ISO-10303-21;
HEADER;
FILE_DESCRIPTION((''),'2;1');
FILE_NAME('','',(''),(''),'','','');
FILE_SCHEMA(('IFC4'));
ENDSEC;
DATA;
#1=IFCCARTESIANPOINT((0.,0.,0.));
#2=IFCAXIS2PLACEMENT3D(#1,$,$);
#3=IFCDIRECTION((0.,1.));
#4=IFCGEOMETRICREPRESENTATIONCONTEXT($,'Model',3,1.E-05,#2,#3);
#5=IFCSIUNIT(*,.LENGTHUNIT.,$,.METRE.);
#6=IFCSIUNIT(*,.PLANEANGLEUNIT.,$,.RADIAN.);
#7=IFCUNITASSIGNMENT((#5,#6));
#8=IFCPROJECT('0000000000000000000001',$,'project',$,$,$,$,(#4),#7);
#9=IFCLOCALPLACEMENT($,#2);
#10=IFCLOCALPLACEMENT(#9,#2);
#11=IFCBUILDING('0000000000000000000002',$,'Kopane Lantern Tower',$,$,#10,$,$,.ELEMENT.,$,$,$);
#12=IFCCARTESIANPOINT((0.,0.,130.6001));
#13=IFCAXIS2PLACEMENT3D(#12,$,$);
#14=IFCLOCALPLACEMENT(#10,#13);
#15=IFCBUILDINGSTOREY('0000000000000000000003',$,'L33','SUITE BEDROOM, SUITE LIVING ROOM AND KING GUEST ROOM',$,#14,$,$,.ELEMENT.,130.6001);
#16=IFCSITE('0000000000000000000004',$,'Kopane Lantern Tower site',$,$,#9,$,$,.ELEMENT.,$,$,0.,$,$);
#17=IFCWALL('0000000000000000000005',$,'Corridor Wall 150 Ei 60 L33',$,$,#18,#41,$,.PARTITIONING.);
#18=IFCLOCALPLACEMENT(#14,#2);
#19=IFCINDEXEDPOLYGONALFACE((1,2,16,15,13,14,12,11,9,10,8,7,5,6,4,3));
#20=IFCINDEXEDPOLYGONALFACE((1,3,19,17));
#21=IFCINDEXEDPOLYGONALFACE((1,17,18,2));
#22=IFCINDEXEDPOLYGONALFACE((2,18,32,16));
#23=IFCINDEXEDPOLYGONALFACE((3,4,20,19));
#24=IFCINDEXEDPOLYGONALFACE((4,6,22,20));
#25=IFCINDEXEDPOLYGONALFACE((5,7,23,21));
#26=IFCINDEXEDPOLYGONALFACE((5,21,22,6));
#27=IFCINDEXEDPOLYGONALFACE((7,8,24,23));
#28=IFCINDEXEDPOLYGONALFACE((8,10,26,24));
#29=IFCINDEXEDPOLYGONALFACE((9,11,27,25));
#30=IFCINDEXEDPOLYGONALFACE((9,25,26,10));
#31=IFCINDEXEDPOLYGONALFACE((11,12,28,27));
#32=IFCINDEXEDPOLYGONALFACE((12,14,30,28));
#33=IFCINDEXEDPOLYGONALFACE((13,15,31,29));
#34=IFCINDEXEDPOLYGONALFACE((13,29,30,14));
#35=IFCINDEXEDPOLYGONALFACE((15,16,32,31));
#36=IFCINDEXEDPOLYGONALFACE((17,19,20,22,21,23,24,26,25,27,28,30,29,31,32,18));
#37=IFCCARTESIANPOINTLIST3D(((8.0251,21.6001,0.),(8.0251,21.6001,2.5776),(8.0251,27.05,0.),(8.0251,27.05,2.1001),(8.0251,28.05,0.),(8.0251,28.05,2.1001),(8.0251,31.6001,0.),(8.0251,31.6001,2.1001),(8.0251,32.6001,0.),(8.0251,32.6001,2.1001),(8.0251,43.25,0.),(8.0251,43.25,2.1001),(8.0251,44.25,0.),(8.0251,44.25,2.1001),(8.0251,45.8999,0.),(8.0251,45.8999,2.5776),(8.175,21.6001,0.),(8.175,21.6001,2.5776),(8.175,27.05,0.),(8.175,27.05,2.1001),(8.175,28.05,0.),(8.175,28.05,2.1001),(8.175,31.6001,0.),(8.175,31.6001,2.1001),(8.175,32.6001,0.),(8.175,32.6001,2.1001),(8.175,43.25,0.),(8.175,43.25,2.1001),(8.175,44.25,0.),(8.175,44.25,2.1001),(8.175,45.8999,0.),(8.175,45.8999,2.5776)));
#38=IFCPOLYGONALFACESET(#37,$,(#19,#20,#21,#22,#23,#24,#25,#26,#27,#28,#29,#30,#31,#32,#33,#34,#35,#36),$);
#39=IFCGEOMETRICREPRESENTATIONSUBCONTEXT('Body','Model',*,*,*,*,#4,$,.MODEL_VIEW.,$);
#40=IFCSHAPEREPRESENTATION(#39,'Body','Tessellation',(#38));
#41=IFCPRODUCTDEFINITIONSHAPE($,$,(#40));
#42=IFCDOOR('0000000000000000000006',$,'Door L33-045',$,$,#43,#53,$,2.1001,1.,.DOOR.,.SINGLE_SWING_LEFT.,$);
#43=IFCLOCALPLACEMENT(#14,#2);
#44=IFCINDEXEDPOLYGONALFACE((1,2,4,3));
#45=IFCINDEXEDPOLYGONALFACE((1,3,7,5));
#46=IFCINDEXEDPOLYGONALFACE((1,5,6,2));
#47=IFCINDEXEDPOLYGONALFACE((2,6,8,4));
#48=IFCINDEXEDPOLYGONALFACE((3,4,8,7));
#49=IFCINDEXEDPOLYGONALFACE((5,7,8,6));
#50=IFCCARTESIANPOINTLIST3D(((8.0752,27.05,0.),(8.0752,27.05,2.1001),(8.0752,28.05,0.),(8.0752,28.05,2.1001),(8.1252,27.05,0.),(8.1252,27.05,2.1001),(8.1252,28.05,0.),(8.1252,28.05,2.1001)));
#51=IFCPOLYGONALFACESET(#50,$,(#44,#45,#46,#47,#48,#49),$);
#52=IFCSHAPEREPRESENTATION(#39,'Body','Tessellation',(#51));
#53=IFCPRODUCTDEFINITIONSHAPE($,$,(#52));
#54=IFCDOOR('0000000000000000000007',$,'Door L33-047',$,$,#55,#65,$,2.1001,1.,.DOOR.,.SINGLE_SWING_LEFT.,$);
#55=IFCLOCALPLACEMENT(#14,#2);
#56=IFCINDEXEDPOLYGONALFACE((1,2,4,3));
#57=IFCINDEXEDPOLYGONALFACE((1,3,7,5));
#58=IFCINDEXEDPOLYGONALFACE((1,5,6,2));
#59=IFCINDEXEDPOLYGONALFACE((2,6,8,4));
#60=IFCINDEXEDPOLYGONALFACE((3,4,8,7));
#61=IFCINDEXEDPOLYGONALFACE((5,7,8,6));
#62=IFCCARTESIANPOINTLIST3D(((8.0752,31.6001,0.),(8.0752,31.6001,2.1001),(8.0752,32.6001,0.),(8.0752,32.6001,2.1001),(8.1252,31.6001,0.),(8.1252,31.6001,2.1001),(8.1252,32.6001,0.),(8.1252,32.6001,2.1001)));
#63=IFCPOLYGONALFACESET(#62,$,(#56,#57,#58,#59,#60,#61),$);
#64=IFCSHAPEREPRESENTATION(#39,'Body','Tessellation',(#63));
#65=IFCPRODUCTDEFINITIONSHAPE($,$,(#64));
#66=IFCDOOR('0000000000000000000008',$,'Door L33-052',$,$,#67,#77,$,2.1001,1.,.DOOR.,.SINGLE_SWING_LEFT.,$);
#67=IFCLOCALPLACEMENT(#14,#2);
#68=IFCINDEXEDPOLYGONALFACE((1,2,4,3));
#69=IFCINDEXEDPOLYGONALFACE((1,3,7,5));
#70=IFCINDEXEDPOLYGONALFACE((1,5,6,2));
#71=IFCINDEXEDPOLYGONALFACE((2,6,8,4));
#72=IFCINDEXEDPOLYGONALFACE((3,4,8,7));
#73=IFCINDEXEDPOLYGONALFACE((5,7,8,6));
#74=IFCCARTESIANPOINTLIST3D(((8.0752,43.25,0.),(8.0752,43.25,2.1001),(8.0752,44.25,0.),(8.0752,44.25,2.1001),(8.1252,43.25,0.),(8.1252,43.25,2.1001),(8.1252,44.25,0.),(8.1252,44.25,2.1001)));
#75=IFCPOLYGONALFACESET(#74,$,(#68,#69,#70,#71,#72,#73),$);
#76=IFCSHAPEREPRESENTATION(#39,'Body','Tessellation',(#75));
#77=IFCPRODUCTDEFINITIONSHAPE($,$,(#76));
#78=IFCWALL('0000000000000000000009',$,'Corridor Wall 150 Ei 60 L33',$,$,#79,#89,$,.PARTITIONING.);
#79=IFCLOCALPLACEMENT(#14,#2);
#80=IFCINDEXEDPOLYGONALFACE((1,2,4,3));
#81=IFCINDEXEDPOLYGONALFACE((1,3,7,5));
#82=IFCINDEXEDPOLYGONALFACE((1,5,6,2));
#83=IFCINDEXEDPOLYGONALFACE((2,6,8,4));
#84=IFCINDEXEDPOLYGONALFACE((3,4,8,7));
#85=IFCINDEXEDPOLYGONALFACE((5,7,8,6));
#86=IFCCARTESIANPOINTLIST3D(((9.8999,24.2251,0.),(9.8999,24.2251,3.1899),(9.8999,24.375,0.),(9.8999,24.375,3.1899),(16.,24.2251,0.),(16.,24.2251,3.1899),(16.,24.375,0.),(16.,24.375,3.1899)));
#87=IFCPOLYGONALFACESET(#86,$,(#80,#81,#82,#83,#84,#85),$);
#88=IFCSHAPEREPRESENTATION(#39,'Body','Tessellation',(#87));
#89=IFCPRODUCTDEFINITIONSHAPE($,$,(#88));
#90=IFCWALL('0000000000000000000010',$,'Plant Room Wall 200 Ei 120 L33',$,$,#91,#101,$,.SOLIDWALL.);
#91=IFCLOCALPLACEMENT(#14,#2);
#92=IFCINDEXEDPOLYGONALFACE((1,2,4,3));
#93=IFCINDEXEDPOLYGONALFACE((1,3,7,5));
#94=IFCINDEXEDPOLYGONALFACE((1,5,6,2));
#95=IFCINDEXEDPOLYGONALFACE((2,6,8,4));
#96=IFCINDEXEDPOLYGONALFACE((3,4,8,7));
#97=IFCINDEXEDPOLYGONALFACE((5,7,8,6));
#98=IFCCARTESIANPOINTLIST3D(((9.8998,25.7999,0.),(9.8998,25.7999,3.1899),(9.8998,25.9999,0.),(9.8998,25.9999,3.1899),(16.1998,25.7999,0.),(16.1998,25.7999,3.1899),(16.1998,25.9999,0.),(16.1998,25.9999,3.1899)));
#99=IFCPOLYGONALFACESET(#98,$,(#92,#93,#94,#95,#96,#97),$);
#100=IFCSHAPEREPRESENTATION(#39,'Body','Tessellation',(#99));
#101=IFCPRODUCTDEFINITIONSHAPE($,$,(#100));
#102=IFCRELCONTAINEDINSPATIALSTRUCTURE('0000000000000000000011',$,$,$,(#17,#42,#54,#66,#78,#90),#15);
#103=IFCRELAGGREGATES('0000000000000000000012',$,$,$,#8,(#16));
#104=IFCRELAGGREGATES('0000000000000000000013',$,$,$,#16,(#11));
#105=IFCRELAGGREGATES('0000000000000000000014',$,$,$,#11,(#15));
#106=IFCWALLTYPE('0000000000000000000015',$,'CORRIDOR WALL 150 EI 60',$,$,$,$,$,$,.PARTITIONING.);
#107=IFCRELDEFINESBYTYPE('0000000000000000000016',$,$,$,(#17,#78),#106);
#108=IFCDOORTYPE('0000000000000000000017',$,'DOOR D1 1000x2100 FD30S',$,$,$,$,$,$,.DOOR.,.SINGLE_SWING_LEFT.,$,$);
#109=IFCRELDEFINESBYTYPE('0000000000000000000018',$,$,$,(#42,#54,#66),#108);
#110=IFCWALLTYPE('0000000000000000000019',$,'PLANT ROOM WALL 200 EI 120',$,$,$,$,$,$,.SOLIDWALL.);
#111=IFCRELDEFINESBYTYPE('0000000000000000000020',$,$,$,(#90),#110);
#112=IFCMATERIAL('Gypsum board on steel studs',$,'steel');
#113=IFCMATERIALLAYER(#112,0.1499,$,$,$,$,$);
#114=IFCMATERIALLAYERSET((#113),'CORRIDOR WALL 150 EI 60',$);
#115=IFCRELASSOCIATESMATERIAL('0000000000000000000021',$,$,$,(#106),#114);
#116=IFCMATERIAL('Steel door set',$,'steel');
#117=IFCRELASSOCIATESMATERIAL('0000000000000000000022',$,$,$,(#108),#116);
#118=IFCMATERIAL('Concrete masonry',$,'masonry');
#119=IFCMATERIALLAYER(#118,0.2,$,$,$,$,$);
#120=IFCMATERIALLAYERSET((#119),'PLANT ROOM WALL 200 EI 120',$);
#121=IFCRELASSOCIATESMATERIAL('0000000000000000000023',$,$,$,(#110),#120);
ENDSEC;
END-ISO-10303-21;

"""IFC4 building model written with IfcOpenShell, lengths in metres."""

from ifc_helpers import new_model, si_unit, direction, frame, frame_2d, origin, place, context, subcontext, project, spatial, rectangle, extrude, material, layer, layer_set, type_object, element, fill, save


model = new_model("IFC4")

# Units and contexts
model_context = context("Model", 3, precision=1e-05, world=origin(), true_north=direction((0.0, 1.0)))
body_context = subcontext(model_context, "Body", "Model", "MODEL_VIEW")
ifc_project = project(units=[si_unit("LENGTHUNIT", "METRE"), si_unit("PLANEANGLEUNIT", "RADIAN")], contexts=[model_context])

# Site, building, storey
site_placement = place(None, origin())
site = spatial("IfcSite", under=ifc_project, at=site_placement, Name="Kopane Lantern Tower site", CompositionType="ELEMENT", RefElevation=0.0)
building_placement = place(site_placement, origin())
building = spatial("IfcBuilding", under=site, at=building_placement, Name="Kopane Lantern Tower", CompositionType="ELEMENT")
storey_placement = place(building_placement, frame((0.0, 0.0, 130.6001)))
storey = spatial("IfcBuildingStorey", under=building, at=storey_placement, Name="L33", Description="SUITE BEDROOM, SUITE LIVING ROOM AND KING GUEST ROOM", CompositionType="ELEMENT", Elevation=130.6001)

# Wall, openings, doors
ifc_material_1 = material(Name="Gypsum board on steel studs", Category="steel")
ifc_layer_1 = layer(ifc_material_1, 0.1499)
ifc_layer_set_1 = layer_set([ifc_layer_1], Name="CORRIDOR WALL 150 EI 60")
wall_type_1 = type_object("IfcWallType", Name="CORRIDOR WALL 150 EI 60", PredefinedType="PARTITIONING", material=ifc_layer_set_1)
ifc_material_2 = material(Name="Steel door set", Category="steel")
door_type_1 = type_object("IfcDoorType", Name="DOOR D1 1000x2100 FD30S", OperationType="SINGLE_SWING_LEFT", PredefinedType="DOOR", material=ifc_material_2)
wall_1_placement = place(storey_placement, frame((8.1001, 21.6001, 0.0), z_axis=(0.0, 0.0, 1.0), x_axis=(0.0, 1.0, 0.0)))
wall_1 = element("IfcWall", 1, at=wall_1_placement, inside=storey, type_object=wall_type_1, Name="Corridor Wall 150 Ei 60 L33", PredefinedType="PARTITIONING", context=body_context, shape_type="SweptSolid", body=[
    extrude(rectangle(XDim=24.2998, YDim=0.1499, at=frame_2d((12.1499, 0.0))), origin(), (0.0, 0.0, 1.0), 2.5776),
])
opening_1_placement = place(wall_1_placement, frame((5.45, 0.0, 0.0)))
opening_1 = element("IfcOpeningElement", 2, at=opening_1_placement, cuts=wall_1, PredefinedType="OPENING", context=body_context, shape_type="SweptSolid", body=[
    extrude(rectangle(XDim=1.0, YDim=2.1001, at=frame_2d((0.5, 1.05))), frame((0.0, 0.085, 0.0), z_axis=(0.0, -1.0, 0.0), x_axis=(1.0, 0.0, 0.0)), (0.0, 0.0, 1.0), 0.1699),
])
opening_2_placement = place(wall_1_placement, frame((10.0, 0.0, 0.0)))
opening_2 = element("IfcOpeningElement", 3, at=opening_2_placement, cuts=wall_1, PredefinedType="OPENING", context=body_context, shape_type="SweptSolid", body=[
    extrude(rectangle(XDim=1.0, YDim=2.1001, at=frame_2d((0.5, 1.05))), frame((0.0, 0.085, 0.0), z_axis=(0.0, -1.0, 0.0), x_axis=(1.0, 0.0, 0.0)), (0.0, 0.0, 1.0), 0.1699),
])
opening_3_placement = place(wall_1_placement, frame((21.6499, 0.0, 0.0)))
opening_3 = element("IfcOpeningElement", 4, at=opening_3_placement, cuts=wall_1, PredefinedType="OPENING", context=body_context, shape_type="SweptSolid", body=[
    extrude(rectangle(XDim=1.0, YDim=2.1001, at=frame_2d((0.5, 1.05))), frame((0.0, 0.085, 0.0), z_axis=(0.0, -1.0, 0.0), x_axis=(1.0, 0.0, 0.0)), (0.0, 0.0, 1.0), 0.1699),
])
door_1_placement = place(opening_1_placement, origin())
door_1 = element("IfcDoor", 5, at=door_1_placement, inside=storey, type_object=door_type_1, Name="Door L33-045", OperationType="SINGLE_SWING_LEFT", OverallHeight=2.1001, OverallWidth=1.0, PredefinedType="DOOR", context=body_context, shape_type="SweptSolid", body=[
    extrude(rectangle(XDim=1.0, YDim=2.1001, at=frame_2d((0.5, 1.05))), frame((0.0, 0.0249, 0.0), z_axis=(0.0, -1.0, 0.0), x_axis=(1.0, 0.0, 0.0)), (0.0, 0.0, 1.0), 0.05),
])
fill(opening_1, door_1)
door_2_placement = place(opening_2_placement, origin())
door_2 = element("IfcDoor", 6, at=door_2_placement, inside=storey, type_object=door_type_1, Name="Door L33-047", OperationType="SINGLE_SWING_LEFT", OverallHeight=2.1001, OverallWidth=1.0, PredefinedType="DOOR", context=body_context, shape_type="SweptSolid", body=[
    extrude(rectangle(XDim=1.0, YDim=2.1001, at=frame_2d((0.5, 1.05))), frame((0.0, 0.0249, 0.0), z_axis=(0.0, -1.0, 0.0), x_axis=(1.0, 0.0, 0.0)), (0.0, 0.0, 1.0), 0.05),
])
fill(opening_2, door_2)
door_3_placement = place(opening_3_placement, origin())
door_3 = element("IfcDoor", 7, at=door_3_placement, inside=storey, type_object=door_type_1, Name="Door L33-052", OperationType="SINGLE_SWING_LEFT", OverallHeight=2.1001, OverallWidth=1.0, PredefinedType="DOOR", context=body_context, shape_type="SweptSolid", body=[
    extrude(rectangle(XDim=1.0, YDim=2.1001, at=frame_2d((0.5, 1.05))), frame((0.0, 0.0249, 0.0), z_axis=(0.0, -1.0, 0.0), x_axis=(1.0, 0.0, 0.0)), (0.0, 0.0, 1.0), 0.05),
])
fill(opening_3, door_3)

# Walls
wall_2_placement = place(storey_placement, frame((9.8999, 24.3, 0.0), z_axis=(0.0, 0.0, 1.0), x_axis=(1.0, 0.0, 0.0)))
element("IfcWall", 8, at=wall_2_placement, inside=storey, type_object=wall_type_1, Name="Corridor Wall 150 Ei 60 L33", PredefinedType="PARTITIONING", context=body_context, shape_type="SweptSolid", body=[
    extrude(rectangle(XDim=6.1001, YDim=0.1499, at=frame_2d((3.05, 0.0))), origin(), (0.0, 0.0, 1.0), 3.1899),
])
ifc_material_3 = material(Name="Concrete masonry", Category="masonry")
ifc_layer_2 = layer(ifc_material_3, 0.2)
ifc_layer_set_2 = layer_set([ifc_layer_2], Name="PLANT ROOM WALL 200 EI 120")
wall_type_2 = type_object("IfcWallType", Name="PLANT ROOM WALL 200 EI 120", PredefinedType="SOLIDWALL", material=ifc_layer_set_2)
wall_3_placement = place(storey_placement, frame((9.8999, 25.8999, 0.0), z_axis=(0.0, 0.0, 1.0), x_axis=(1.0, 0.0, 0.0)))
element("IfcWall", 9, at=wall_3_placement, inside=storey, type_object=wall_type_2, Name="Plant Room Wall 200 Ei 120 L33", PredefinedType="SOLIDWALL", context=body_context, shape_type="SweptSolid", body=[
    extrude(rectangle(XDim=6.3, YDim=0.2, at=frame_2d((3.1499, 0.0))), origin(), (0.0, 0.0, 1.0), 3.1899),
])

save(model, "model.ifc")
